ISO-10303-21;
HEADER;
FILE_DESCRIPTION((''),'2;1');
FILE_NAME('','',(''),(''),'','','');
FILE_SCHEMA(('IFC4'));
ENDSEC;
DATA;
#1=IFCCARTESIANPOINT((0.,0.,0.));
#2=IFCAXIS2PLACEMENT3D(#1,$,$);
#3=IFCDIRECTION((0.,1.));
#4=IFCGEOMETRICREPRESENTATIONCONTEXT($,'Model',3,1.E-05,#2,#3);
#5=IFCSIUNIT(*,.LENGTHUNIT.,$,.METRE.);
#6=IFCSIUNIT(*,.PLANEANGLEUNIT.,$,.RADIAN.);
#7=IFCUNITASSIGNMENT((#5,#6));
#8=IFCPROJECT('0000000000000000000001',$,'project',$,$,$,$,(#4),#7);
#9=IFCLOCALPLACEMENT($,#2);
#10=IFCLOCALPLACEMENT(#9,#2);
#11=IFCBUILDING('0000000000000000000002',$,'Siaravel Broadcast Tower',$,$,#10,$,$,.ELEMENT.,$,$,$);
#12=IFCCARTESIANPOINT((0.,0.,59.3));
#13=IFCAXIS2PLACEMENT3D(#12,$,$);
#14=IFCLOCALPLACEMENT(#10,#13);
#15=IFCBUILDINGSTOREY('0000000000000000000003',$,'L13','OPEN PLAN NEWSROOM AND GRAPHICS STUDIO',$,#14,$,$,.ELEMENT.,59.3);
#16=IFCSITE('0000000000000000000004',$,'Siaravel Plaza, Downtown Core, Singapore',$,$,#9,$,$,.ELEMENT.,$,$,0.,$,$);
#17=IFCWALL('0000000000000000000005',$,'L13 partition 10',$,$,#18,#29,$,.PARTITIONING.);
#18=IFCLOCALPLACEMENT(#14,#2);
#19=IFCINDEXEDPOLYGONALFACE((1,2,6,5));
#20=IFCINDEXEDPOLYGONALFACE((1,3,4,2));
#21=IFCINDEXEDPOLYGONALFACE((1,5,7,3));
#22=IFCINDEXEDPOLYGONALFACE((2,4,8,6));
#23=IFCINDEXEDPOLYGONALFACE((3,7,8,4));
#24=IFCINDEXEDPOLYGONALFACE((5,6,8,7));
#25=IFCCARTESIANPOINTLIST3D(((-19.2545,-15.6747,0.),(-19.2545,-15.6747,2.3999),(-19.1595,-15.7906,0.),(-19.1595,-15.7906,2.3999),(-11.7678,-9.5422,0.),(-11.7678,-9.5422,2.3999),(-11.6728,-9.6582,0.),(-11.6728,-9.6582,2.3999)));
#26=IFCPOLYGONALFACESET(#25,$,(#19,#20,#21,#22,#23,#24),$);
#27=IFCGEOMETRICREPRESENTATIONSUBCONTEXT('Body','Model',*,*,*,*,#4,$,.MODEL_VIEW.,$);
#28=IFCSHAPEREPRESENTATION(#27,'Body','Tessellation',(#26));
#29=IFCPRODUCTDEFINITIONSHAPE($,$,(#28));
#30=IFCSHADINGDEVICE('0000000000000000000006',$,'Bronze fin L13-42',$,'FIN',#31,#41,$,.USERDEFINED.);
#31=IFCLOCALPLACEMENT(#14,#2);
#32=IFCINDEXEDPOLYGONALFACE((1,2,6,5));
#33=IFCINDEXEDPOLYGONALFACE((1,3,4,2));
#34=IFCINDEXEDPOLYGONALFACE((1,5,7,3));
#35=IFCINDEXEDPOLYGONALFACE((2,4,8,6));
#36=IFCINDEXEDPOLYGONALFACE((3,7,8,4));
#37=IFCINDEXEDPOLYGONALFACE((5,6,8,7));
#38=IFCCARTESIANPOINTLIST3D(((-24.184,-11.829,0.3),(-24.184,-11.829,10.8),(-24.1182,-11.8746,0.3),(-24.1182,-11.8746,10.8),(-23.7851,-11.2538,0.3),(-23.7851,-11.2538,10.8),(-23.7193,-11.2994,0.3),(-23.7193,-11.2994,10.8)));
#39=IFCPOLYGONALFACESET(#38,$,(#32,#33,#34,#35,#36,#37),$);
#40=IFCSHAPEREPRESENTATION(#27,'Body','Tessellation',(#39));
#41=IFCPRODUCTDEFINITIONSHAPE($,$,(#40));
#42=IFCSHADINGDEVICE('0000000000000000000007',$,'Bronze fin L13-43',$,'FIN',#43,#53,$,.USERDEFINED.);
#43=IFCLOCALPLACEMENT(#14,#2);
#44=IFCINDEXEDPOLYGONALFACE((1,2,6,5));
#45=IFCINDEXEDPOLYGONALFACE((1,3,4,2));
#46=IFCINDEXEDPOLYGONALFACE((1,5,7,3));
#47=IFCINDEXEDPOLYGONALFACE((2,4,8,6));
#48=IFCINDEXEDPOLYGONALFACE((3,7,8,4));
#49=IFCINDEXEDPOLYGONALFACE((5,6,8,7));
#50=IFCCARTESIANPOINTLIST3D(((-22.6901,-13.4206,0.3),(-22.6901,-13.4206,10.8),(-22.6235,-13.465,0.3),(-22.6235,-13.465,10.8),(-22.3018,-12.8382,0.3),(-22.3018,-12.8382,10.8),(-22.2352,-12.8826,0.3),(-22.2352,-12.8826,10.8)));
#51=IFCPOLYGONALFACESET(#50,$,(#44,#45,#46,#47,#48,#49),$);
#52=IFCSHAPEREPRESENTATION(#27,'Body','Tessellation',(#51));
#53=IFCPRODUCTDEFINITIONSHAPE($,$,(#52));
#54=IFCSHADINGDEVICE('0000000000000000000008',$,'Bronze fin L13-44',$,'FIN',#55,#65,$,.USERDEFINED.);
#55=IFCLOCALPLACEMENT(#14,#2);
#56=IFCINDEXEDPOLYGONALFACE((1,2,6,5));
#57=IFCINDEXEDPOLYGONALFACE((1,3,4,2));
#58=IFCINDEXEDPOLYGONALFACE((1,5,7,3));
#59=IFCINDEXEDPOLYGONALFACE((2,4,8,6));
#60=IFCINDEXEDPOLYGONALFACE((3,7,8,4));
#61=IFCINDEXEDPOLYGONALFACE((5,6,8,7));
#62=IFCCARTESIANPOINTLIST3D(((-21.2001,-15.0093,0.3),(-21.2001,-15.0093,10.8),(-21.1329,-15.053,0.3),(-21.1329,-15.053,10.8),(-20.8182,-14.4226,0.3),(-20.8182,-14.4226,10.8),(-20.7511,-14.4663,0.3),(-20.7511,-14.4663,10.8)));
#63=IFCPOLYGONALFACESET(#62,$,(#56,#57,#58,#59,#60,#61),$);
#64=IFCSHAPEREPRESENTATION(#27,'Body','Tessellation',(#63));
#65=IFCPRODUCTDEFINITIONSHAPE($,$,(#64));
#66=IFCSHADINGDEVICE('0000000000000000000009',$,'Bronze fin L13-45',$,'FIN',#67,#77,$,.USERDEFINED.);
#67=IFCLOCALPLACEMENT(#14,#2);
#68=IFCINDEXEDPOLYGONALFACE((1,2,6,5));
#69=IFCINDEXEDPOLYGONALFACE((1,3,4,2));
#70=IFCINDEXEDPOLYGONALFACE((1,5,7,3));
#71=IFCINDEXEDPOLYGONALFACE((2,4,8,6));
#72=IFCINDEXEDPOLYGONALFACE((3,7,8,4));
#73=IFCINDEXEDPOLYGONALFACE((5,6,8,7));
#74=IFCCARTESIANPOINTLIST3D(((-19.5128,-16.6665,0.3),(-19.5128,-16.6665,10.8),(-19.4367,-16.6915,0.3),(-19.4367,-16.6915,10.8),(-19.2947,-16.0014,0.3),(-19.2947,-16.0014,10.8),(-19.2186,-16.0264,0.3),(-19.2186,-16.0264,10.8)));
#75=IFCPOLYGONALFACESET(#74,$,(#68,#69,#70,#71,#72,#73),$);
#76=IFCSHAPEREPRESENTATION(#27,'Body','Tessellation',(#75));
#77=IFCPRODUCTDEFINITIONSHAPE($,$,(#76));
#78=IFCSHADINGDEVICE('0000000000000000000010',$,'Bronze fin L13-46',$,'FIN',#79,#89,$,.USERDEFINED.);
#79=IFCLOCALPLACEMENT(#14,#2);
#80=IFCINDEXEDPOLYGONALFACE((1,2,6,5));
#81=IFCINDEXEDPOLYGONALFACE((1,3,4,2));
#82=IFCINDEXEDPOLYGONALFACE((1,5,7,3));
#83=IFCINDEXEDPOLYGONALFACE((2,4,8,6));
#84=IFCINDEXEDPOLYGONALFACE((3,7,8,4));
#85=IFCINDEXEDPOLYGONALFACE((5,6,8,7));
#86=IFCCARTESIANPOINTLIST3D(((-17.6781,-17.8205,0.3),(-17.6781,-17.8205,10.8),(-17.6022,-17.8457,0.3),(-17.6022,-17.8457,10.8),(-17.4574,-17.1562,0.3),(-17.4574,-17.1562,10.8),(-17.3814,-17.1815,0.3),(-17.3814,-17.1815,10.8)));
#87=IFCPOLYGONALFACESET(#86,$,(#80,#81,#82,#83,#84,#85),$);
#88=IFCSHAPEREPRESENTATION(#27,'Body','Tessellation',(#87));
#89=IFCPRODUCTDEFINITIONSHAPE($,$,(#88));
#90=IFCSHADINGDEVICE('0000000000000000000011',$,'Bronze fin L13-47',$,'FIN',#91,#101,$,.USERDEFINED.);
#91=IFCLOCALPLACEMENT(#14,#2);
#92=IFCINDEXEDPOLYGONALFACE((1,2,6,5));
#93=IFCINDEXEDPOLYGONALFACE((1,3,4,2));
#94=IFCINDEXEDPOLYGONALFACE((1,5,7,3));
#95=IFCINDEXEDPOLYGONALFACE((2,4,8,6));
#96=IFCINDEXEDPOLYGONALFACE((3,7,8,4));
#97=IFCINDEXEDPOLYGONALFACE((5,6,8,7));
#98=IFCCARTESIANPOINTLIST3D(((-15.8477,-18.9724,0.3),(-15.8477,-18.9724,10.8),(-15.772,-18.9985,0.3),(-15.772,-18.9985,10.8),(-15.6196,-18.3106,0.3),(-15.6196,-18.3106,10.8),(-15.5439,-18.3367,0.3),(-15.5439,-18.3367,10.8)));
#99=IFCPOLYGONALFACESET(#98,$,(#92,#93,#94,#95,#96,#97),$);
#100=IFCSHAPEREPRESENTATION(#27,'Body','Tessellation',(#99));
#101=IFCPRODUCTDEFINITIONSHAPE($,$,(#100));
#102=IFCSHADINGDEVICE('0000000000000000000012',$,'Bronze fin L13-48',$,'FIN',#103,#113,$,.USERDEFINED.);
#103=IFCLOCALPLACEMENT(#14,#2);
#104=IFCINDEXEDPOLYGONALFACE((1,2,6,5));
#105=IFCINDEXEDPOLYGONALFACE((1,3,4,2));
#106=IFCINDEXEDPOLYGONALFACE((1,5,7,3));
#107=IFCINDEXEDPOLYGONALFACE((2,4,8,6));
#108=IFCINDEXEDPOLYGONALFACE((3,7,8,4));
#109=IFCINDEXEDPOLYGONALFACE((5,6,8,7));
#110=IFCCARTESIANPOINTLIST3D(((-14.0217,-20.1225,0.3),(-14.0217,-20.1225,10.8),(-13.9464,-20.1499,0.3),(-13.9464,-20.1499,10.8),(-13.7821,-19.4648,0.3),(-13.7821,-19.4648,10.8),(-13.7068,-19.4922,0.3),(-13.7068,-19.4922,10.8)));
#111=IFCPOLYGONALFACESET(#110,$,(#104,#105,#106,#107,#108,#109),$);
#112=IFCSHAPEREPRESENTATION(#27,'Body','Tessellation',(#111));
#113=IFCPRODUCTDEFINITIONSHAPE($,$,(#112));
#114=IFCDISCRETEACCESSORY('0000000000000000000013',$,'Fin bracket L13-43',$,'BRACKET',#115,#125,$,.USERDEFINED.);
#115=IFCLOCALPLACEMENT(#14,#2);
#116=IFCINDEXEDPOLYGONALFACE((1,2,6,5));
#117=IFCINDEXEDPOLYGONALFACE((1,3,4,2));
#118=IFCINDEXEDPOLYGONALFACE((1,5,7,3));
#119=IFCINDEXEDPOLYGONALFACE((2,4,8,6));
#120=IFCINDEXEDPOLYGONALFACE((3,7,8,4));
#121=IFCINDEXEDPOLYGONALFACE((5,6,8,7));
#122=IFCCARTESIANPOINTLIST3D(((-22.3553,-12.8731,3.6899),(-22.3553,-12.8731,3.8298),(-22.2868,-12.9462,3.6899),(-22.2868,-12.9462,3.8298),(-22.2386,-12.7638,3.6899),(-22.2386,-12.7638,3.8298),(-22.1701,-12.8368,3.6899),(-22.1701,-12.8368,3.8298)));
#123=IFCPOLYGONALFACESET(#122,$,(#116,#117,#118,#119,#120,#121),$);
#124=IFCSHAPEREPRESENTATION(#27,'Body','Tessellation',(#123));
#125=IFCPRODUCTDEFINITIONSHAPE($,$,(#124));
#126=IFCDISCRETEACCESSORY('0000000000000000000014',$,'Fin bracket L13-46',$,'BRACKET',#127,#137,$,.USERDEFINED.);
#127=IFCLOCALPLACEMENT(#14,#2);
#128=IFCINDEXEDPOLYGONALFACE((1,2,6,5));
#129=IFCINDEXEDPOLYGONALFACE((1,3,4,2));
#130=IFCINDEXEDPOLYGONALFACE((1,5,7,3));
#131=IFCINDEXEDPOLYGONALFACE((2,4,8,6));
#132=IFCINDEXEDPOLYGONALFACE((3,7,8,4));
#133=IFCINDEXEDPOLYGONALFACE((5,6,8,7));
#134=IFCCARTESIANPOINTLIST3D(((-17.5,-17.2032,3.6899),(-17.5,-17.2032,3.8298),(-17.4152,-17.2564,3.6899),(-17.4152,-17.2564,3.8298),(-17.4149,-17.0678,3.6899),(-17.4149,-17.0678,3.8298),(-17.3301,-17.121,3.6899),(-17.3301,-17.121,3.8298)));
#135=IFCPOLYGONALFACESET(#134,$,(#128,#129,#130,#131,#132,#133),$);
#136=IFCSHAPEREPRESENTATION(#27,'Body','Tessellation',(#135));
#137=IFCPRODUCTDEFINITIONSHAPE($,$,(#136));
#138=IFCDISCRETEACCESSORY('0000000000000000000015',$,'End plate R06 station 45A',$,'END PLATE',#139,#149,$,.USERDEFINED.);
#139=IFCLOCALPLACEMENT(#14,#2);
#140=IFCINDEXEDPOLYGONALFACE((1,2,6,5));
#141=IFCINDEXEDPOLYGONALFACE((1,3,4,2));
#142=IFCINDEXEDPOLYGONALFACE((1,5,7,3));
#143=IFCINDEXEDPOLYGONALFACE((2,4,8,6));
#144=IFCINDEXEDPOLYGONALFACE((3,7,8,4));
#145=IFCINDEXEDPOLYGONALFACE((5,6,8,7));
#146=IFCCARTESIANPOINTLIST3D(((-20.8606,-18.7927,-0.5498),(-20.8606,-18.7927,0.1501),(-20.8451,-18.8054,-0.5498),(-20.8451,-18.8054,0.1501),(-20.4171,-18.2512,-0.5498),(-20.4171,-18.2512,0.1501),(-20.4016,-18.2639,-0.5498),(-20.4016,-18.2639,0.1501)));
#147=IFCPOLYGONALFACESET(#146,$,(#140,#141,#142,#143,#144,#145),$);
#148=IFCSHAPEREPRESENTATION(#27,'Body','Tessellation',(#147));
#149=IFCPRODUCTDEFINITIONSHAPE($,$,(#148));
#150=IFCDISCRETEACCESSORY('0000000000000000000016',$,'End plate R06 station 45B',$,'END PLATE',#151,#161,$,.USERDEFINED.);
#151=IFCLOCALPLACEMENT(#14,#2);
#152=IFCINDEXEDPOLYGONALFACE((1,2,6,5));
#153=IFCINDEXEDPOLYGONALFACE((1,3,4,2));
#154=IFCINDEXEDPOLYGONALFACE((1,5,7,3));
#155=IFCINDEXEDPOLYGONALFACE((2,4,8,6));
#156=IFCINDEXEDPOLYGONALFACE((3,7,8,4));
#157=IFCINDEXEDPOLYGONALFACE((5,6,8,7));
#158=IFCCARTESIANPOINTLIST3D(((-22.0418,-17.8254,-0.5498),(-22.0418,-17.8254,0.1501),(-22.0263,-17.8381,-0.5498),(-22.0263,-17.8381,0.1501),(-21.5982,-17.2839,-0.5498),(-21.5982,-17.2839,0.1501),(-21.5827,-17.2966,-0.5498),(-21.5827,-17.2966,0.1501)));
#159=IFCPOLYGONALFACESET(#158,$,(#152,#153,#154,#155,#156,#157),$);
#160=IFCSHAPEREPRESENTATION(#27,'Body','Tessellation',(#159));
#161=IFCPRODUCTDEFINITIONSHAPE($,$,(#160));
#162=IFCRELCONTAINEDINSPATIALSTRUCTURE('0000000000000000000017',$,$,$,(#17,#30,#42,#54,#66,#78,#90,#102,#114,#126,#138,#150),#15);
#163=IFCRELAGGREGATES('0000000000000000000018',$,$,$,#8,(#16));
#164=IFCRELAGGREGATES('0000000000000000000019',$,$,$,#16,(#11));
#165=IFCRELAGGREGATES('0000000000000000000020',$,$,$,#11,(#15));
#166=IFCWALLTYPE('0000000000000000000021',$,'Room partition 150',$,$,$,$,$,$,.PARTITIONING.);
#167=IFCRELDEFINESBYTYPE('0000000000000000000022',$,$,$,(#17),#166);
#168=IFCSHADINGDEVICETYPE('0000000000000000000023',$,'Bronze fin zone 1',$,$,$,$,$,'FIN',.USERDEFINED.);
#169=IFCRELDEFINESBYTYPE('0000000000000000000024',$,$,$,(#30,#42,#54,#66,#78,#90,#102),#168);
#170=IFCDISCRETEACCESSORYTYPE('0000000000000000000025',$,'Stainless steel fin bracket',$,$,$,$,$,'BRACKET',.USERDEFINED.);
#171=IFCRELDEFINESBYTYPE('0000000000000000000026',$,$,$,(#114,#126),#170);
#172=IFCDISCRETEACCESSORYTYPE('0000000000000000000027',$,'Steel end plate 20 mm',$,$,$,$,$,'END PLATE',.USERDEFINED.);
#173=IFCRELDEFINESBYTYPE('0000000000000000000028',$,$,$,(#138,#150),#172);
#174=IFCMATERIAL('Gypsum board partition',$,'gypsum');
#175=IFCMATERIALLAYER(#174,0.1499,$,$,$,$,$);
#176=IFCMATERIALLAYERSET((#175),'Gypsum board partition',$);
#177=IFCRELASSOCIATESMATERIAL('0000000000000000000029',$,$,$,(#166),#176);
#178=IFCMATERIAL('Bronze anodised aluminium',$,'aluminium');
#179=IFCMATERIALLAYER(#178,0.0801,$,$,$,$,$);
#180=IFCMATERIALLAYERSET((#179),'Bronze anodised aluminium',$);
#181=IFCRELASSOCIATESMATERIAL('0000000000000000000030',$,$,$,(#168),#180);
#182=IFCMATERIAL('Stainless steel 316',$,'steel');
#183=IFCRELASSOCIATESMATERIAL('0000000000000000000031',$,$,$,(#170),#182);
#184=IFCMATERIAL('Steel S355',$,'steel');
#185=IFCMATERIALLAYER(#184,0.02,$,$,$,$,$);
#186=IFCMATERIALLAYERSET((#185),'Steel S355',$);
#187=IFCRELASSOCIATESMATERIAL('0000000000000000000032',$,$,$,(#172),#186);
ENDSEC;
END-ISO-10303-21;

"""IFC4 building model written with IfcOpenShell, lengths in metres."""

from ifc_helpers import new_model, si_unit, direction, frame, frame_2d, origin, origin_2d, place, context, subcontext, project, spatial, rectangle, extrude, material, layer, layer_set, type_object, element, save


model = new_model("IFC4")

# Units and contexts
model_context = context("Model", 3, precision=1e-05, world=origin(), true_north=direction((0.0, 1.0)))
body_context = subcontext(model_context, "Body", "Model", "MODEL_VIEW")
ifc_project = project(units=[si_unit("LENGTHUNIT", "METRE"), si_unit("PLANEANGLEUNIT", "RADIAN")], contexts=[model_context])

# Site, building, storey
site_placement = place(None, origin())
site = spatial("IfcSite", under=ifc_project, at=site_placement, Name="Siaravel Plaza, Downtown Core, Singapore", CompositionType="ELEMENT", RefElevation=0.0)
building_placement = place(site_placement, origin())
building = spatial("IfcBuilding", under=site, at=building_placement, Name="Siaravel Broadcast Tower", CompositionType="ELEMENT")
storey_placement = place(building_placement, frame((0.0, 0.0, 59.3)))
storey = spatial("IfcBuildingStorey", under=building, at=storey_placement, Name="L13", Description="OPEN PLAN NEWSROOM AND GRAPHICS STUDIO", CompositionType="ELEMENT", Elevation=59.3)

# Shared definitions
ifc_material_1 = material(Name="Steel S355", Category="steel")

# Wall
ifc_material_2 = material(Name="Gypsum board partition", Category="gypsum")
ifc_layer_1 = layer(ifc_material_2, 0.1499)
ifc_layer_set_1 = layer_set([ifc_layer_1], Name="Gypsum board partition")
wall_type = type_object("IfcWallType", Name="Room partition 150", PredefinedType="PARTITIONING", material=ifc_layer_set_1)
wall_placement = place(storey_placement, frame((-19.207, -15.7327, 0.0), z_axis=(0.0, 0.0, 1.0), x_axis=(0.773603, 0.63367, 0.0)))
element("IfcWall", 1, at=wall_placement, inside=storey, type_object=wall_type, Name="L13 partition 10", PredefinedType="PARTITIONING", context=body_context, shape_type="SweptSolid", body=[
    extrude(rectangle(XDim=9.6777, YDim=0.1499, at=frame_2d((4.8389, 0.0))), origin(), (0.0, 0.0, 1.0), 2.3999),
])

# Shading devices
ifc_material_3 = material(Name="Bronze anodised aluminium", Category="aluminium")
ifc_layer_2 = layer(ifc_material_3, 0.0801)
ifc_layer_set_2 = layer_set([ifc_layer_2], Name="Bronze anodised aluminium")
shading_device_type = type_object("IfcShadingDeviceType", Name="Bronze fin zone 1", ElementType="FIN", PredefinedType="USERDEFINED", material=ifc_layer_set_2)
for number, where, z_axis, x_axis, name in (
    (2, (-23.9517, -11.5642, 0.3), (0.0, 0.0, 1.0), (-0.56985, -0.821748, 0.0), "Bronze fin L13-42"),
    (3, (-22.4626, -13.1516, 0.3), (0.0, 0.0, 1.0), (-0.554734, -0.832028, 0.0), "Bronze fin L13-43"),
    (4, (-20.9756, -14.7378, 0.3), (0.0, 0.0, 1.0), (-0.545513, -0.838103, 0.0), "Bronze fin L13-44"),
    (5, (-19.3657, -16.3464, 0.3), (0.0, 0.0, 1.0), (-0.311536, -0.950234, 0.0), "Bronze fin L13-45"),
    (6, (-17.5298, -17.501, 0.3), (0.0, 0.0, 1.0), (-0.315358, -0.948973, 0.0), "Bronze fin L13-46"),
    (7, (-15.6958, -18.6545, 0.3), (0.0, 0.0, 1.0), (-0.325788, -0.945443, 0.0), "Bronze fin L13-47"),
    (8, (-13.8643, -19.8074, 0.3), (0.0, 0.0, 1.0), (-0.342297, -0.939592, 0.0), "Bronze fin L13-48"),
):
    element("IfcShadingDevice", number, at=place(storey_placement, frame(where, z_axis=z_axis, x_axis=x_axis)), inside=storey, type_object=shading_device_type, Name=name, ObjectType="FIN", PredefinedType="USERDEFINED", context=body_context, shape_type="SweptSolid", body=[
        extrude(rectangle(XDim=0.7, YDim=0.0801, at=origin_2d()), origin(), (0.0, 0.0, 1.0), 10.5),
    ])

# Discrete accessories
ifc_material_4 = material(Name="Stainless steel 316", Category="steel")
discrete_accessory_type_1 = type_object("IfcDiscreteAccessoryType", Name="Stainless steel fin bracket", ElementType="BRACKET", PredefinedType="USERDEFINED", material=ifc_material_4)
for number, where, z_axis, x_axis, name in (
    (9, (-22.2627, -12.855, 3.6899), (0.0, 0.0, 1.0), (-0.729804, -0.683656, 0.0), "Fin bracket L13-43"),
    (10, (-17.415, -17.1621, 3.6899), (0.0, 0.0, 1.0), (-0.532148, -0.846651, 0.0), "Fin bracket L13-46"),
):
    element("IfcDiscreteAccessory", number, at=place(storey_placement, frame(where, z_axis=z_axis, x_axis=x_axis)), inside=storey, type_object=discrete_accessory_type_1, Name=name, ObjectType="BRACKET", PredefinedType="USERDEFINED", context=body_context, shape_type="SweptSolid", body=[
        extrude(rectangle(XDim=0.1599, YDim=0.1001, at=origin_2d()), origin(), (0.0, 0.0, 1.0), 0.1399),
    ])
ifc_layer_3 = layer(ifc_material_1, 0.02)
ifc_layer_set_3 = layer_set([ifc_layer_3], Name="Steel S355")
discrete_accessory_type_2 = type_object("IfcDiscreteAccessoryType", Name="Steel end plate 20 mm", ElementType="END PLATE", PredefinedType="USERDEFINED", material=ifc_layer_set_3)
for number, where, z_axis, x_axis, name in (
    (11, (-20.6311, -18.5283, -0.5498), (0.0, 0.0, 1.0), (0.773605, -0.633669, 0.0), "End plate R06 station 45A"),
    (12, (-21.8123, -17.561, -0.5498), (0.0, 0.0, 1.0), (0.773605, -0.633669, 0.0), "End plate R06 station 45B"),
):
    element("IfcDiscreteAccessory", number, at=place(storey_placement, frame(where, z_axis=z_axis, x_axis=x_axis)), inside=storey, type_object=discrete_accessory_type_2, Name=name, ObjectType="END PLATE", PredefinedType="USERDEFINED", context=body_context, shape_type="SweptSolid", body=[
        extrude(rectangle(XDim=0.02, YDim=0.7, at=origin_2d()), origin(), (0.0, 0.0, 1.0), 0.7),
    ])

save(model, "model.ifc")
